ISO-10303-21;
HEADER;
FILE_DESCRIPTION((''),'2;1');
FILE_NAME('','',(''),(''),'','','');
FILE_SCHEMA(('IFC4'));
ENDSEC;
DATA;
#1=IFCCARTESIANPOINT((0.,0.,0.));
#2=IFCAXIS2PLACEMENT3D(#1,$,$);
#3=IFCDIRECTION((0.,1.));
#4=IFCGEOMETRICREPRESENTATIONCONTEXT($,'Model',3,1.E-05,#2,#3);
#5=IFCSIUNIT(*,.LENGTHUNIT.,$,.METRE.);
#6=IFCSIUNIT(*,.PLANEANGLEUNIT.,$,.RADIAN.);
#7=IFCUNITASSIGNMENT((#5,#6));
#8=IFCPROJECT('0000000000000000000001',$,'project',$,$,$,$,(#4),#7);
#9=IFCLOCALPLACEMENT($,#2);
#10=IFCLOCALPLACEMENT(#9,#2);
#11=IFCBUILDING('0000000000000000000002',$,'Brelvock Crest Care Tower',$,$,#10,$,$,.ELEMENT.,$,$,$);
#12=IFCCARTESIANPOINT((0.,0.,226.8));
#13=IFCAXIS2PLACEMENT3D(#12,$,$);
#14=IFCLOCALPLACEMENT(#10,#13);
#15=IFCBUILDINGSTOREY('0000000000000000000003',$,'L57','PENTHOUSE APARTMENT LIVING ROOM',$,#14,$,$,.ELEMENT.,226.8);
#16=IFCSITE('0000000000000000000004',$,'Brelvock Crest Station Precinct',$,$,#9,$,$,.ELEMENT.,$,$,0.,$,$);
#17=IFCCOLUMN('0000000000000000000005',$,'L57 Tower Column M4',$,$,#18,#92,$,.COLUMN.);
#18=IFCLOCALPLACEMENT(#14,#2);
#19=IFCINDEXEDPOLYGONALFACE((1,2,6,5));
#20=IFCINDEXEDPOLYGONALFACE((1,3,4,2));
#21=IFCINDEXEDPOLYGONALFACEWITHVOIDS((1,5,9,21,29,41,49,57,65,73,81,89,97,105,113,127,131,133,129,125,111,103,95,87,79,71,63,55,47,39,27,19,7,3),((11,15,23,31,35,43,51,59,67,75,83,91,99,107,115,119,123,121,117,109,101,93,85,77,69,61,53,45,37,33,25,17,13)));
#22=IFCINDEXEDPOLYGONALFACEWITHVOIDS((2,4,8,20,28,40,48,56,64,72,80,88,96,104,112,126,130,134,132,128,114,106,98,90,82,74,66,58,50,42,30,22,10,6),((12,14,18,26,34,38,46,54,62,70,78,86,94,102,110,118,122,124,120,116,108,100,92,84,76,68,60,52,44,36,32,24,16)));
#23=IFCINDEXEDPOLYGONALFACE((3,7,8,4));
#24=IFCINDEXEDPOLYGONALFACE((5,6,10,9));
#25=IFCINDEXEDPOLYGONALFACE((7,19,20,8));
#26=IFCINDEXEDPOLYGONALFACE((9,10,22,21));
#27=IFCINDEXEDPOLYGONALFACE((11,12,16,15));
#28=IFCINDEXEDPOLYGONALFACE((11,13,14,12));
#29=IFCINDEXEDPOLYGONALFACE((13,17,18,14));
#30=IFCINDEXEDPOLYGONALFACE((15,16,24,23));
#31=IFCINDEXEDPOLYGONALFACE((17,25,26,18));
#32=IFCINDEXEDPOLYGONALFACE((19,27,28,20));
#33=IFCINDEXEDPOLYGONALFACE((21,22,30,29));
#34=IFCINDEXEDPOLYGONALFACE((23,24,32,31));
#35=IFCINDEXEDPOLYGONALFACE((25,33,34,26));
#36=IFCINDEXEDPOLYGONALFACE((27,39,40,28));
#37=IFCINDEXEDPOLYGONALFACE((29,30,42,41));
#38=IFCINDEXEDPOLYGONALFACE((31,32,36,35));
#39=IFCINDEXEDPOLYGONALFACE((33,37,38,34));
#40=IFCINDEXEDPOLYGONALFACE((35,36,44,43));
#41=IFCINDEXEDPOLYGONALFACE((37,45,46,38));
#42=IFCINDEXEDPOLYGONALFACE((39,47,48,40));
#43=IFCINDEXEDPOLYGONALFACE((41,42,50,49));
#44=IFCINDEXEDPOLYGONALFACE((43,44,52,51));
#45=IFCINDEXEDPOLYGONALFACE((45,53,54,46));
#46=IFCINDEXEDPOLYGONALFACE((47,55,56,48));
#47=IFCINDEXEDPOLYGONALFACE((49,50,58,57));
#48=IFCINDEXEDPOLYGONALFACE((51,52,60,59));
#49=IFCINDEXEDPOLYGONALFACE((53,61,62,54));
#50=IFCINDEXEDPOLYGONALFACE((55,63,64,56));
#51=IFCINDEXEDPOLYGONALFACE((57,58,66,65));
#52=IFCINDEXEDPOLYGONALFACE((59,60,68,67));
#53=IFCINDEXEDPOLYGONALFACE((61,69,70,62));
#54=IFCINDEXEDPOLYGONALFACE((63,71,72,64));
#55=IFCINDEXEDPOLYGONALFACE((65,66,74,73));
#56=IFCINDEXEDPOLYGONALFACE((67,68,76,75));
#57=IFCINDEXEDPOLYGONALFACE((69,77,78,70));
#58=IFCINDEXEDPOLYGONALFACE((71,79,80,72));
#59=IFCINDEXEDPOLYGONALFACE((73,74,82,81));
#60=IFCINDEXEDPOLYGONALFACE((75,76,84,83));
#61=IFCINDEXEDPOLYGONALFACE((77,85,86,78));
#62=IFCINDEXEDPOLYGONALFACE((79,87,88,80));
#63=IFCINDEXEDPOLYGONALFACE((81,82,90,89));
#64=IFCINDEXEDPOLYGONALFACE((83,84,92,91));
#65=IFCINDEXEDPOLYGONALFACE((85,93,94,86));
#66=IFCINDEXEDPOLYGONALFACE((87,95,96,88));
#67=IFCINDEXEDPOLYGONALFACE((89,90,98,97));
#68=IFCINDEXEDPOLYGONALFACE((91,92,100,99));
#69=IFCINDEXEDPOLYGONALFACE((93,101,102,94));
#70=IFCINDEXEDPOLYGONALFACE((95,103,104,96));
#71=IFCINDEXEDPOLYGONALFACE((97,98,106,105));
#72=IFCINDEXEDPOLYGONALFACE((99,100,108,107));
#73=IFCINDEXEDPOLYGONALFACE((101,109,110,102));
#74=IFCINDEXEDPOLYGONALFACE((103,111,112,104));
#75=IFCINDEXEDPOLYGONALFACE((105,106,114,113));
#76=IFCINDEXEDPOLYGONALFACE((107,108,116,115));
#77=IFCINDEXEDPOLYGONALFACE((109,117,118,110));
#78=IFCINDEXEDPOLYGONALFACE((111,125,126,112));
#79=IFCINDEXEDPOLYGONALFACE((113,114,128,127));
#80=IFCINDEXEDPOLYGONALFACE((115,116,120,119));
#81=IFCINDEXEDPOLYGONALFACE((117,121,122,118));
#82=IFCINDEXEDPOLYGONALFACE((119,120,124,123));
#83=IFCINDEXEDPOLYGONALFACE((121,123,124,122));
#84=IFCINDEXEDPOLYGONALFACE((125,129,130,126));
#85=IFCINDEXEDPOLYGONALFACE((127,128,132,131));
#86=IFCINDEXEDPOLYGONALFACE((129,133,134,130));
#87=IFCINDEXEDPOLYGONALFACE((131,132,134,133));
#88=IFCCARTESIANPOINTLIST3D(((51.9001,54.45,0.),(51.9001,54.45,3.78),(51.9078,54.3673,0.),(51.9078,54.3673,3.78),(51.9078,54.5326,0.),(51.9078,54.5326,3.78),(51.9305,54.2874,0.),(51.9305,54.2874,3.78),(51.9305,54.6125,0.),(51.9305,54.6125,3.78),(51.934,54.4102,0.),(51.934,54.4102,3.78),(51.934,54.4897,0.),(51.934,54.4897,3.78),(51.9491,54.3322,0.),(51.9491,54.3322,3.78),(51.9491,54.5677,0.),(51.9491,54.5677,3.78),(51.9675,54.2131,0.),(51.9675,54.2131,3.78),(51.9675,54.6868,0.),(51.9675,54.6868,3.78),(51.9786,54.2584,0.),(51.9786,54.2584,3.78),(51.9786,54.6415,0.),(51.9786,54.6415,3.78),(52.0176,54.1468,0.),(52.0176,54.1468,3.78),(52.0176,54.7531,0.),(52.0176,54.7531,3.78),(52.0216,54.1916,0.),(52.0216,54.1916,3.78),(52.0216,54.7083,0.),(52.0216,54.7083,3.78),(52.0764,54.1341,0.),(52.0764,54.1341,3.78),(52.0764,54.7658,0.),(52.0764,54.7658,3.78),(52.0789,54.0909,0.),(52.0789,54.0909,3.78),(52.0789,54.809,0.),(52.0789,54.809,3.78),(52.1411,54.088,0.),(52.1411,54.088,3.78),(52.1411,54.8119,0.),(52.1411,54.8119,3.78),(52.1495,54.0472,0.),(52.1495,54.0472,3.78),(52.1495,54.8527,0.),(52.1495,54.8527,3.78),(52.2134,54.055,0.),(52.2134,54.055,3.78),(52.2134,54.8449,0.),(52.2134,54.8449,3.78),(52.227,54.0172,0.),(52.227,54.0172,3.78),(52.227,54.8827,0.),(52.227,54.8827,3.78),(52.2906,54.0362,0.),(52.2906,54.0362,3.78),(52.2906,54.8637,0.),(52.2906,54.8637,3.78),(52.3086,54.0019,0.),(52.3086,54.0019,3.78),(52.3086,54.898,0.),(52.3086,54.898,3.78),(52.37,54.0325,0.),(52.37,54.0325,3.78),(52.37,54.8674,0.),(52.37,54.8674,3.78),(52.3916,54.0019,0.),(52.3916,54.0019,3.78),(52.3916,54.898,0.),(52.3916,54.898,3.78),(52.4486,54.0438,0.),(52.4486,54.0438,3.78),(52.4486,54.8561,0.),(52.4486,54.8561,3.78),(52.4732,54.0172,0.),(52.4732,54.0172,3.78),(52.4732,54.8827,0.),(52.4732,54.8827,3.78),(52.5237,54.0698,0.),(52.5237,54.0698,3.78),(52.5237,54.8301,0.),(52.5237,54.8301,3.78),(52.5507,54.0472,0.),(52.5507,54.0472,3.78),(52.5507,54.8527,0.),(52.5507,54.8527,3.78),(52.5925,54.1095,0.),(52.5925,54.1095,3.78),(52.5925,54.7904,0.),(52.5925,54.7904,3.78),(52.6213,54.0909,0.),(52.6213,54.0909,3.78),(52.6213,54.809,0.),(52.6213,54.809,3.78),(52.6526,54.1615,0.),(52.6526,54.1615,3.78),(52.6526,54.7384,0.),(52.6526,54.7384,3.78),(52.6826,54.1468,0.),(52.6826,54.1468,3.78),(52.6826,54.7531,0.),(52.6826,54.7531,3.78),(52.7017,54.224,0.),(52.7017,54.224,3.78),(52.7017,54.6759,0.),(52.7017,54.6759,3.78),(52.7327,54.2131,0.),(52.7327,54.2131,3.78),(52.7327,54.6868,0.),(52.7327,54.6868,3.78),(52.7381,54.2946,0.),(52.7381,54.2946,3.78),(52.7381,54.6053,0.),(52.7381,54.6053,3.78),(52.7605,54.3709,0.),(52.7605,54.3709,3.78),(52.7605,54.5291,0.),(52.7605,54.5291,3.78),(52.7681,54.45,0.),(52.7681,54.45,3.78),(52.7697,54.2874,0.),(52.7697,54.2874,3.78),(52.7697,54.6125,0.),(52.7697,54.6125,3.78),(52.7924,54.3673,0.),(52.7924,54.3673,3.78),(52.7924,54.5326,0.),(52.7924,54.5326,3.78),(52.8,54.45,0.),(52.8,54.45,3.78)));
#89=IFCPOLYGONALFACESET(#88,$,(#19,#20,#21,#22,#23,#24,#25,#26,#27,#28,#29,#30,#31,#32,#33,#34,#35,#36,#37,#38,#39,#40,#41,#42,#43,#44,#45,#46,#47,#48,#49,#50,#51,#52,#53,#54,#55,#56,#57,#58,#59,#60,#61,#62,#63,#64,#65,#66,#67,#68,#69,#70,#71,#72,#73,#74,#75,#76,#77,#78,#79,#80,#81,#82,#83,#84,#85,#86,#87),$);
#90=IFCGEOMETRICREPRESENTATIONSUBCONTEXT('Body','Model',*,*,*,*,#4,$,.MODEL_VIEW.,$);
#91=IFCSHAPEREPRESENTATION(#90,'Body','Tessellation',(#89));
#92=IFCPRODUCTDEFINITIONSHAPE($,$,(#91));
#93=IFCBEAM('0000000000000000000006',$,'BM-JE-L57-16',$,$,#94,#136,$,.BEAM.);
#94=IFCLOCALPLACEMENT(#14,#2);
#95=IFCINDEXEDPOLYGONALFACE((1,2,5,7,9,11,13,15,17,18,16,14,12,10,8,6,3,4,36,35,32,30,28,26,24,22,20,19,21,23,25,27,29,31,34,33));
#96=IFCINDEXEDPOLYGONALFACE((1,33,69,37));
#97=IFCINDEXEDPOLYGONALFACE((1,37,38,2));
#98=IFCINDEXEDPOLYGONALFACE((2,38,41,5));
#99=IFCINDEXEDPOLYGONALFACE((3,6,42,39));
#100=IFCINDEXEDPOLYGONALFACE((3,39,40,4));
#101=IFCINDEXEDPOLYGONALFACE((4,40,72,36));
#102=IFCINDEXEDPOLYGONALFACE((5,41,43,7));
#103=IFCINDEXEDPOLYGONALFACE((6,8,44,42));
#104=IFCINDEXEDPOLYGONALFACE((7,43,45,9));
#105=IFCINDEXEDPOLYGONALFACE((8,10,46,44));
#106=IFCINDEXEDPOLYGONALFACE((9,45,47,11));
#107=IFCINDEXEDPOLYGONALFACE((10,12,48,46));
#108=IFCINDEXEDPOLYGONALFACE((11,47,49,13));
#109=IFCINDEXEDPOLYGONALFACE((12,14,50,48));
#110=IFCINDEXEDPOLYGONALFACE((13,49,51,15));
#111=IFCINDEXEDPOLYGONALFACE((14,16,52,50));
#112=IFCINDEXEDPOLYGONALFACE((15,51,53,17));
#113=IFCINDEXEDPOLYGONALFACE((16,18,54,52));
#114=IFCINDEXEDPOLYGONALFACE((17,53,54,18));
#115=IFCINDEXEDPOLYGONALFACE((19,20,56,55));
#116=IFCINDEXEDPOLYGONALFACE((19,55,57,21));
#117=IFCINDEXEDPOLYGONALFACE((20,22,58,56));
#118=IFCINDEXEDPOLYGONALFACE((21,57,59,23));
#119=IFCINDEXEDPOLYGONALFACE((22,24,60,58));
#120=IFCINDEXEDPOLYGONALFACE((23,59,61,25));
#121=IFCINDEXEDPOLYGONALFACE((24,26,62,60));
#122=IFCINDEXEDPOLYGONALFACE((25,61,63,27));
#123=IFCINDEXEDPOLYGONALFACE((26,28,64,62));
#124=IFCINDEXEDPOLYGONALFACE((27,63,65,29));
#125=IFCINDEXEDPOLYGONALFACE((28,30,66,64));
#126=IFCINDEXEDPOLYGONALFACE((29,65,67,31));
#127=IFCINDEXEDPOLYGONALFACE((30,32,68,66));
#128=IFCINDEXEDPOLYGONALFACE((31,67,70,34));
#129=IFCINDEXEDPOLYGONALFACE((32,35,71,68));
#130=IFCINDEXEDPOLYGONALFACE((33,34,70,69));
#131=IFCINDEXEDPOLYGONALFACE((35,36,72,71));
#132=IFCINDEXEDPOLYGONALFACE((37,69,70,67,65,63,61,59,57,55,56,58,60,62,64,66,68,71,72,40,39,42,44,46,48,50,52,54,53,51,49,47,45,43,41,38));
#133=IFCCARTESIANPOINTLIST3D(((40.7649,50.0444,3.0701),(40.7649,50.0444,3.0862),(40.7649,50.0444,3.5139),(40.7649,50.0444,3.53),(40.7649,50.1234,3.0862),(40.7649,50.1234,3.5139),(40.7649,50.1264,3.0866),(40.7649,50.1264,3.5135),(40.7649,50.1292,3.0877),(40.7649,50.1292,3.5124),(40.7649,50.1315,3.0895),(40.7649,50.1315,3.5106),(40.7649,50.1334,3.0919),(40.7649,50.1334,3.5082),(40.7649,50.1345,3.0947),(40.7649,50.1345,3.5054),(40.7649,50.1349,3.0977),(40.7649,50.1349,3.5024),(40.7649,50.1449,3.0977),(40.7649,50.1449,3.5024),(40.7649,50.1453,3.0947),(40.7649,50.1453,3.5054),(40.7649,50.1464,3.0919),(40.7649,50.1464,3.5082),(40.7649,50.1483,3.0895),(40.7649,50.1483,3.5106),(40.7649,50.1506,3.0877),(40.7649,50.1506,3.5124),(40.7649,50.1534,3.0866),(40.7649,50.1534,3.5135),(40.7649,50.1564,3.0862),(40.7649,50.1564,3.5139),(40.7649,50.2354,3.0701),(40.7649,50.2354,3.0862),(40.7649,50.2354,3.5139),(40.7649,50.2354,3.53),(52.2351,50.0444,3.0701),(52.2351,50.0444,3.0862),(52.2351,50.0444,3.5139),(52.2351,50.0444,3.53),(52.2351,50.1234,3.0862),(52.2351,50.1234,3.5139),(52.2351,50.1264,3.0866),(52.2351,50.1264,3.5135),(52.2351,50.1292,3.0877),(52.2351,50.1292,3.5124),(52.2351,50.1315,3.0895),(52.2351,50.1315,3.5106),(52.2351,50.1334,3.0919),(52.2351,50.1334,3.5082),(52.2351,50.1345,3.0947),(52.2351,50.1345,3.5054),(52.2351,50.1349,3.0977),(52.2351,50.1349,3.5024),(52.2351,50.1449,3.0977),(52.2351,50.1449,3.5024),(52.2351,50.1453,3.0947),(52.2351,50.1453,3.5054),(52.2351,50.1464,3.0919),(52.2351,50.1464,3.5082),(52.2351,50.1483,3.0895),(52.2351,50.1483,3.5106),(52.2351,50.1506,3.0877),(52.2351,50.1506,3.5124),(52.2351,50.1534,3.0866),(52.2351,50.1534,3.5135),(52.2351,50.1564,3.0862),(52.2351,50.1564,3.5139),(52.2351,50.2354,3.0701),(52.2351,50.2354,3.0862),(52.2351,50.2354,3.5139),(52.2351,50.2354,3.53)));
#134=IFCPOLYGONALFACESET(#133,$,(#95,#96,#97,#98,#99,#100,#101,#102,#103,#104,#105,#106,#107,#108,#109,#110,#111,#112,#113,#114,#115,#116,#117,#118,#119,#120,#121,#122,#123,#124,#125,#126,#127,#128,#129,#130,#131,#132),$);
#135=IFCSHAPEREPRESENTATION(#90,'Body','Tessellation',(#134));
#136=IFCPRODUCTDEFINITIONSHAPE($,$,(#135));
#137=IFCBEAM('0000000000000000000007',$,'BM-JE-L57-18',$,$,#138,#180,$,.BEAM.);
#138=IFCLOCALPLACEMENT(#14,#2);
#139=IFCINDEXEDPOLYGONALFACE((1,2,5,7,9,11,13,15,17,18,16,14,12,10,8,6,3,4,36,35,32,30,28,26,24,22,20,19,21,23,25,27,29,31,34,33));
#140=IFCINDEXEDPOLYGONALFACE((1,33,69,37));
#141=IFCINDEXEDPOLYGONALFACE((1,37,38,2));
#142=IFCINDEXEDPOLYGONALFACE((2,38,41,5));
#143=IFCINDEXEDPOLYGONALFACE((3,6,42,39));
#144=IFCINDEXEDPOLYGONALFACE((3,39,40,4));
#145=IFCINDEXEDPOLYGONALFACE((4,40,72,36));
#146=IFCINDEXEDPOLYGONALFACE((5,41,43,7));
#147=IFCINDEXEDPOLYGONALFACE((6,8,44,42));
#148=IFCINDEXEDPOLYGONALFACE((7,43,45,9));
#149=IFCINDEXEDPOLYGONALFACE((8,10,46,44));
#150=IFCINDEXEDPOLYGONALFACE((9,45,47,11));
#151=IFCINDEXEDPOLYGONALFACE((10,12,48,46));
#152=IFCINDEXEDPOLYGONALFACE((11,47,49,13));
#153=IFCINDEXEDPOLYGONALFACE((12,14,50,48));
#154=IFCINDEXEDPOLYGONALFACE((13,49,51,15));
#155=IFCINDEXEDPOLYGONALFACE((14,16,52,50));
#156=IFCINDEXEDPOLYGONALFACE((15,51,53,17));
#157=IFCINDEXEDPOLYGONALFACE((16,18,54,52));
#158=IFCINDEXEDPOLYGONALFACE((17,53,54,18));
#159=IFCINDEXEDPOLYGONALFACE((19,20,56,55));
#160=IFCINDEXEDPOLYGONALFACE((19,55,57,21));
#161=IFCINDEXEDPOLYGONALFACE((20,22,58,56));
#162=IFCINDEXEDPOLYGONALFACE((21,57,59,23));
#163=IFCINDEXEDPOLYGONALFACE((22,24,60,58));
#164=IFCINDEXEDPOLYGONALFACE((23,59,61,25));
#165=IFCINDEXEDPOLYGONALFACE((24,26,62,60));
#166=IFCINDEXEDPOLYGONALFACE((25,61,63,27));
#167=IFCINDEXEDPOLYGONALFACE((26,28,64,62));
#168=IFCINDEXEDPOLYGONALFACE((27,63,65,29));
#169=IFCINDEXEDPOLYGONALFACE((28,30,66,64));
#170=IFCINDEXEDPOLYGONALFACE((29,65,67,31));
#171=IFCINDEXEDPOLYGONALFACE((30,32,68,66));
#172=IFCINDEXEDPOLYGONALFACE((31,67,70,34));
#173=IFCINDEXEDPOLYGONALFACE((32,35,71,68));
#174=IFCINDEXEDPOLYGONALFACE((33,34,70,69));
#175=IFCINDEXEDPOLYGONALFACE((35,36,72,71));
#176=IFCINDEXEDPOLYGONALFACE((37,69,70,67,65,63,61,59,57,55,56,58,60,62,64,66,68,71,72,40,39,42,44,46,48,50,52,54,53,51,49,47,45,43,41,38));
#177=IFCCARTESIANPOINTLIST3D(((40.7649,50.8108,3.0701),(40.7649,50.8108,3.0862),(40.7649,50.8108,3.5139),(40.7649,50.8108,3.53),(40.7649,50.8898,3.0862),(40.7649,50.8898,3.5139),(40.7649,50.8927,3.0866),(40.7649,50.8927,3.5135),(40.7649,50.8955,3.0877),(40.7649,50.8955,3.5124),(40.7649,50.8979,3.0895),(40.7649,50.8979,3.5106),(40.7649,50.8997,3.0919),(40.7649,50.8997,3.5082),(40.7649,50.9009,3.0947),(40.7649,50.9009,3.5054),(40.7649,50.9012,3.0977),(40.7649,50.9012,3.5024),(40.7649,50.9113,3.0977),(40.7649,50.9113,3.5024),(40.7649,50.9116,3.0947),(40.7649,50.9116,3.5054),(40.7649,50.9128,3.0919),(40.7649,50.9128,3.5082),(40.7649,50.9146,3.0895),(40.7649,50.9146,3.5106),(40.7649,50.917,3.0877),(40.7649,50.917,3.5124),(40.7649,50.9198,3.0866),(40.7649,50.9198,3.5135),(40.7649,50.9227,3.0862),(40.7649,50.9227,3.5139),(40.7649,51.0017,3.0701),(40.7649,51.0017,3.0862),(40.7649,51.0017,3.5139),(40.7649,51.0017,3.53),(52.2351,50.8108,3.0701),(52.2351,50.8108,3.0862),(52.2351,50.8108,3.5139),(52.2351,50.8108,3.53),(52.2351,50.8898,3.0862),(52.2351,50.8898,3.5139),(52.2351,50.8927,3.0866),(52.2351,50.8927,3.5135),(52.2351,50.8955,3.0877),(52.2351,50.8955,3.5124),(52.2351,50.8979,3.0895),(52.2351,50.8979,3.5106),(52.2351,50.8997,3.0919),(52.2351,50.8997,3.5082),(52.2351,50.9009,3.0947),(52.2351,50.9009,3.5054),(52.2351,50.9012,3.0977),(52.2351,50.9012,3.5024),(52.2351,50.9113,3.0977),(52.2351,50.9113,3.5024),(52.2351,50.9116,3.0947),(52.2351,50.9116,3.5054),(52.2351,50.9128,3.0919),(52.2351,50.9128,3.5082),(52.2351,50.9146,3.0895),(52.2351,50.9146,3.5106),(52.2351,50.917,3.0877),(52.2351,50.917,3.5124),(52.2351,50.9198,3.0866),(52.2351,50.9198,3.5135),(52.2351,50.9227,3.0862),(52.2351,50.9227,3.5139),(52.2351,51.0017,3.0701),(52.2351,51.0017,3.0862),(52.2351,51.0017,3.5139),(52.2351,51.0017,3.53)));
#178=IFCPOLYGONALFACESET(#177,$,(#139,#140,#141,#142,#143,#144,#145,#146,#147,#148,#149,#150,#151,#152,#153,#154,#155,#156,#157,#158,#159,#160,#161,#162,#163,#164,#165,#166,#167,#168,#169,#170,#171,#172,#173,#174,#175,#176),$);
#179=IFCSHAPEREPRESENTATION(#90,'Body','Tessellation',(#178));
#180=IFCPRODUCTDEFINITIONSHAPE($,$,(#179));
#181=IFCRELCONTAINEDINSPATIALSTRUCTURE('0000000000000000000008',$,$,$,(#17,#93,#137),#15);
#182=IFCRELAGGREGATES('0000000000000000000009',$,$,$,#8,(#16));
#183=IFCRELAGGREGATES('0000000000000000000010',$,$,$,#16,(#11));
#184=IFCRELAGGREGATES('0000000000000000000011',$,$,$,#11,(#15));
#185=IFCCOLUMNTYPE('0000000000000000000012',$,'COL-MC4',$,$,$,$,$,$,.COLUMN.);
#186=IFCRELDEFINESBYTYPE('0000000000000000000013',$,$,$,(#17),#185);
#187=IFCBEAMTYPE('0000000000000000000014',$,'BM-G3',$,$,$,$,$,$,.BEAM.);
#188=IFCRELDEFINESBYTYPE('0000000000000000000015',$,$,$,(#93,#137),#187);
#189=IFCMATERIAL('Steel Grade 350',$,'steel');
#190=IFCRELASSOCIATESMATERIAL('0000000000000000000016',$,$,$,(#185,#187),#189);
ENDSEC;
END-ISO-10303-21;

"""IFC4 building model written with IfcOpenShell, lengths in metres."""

from ifc_helpers import new_model, si_unit, direction, frame, origin, origin_2d, place, context, subcontext, project, spatial, hollow_circle, i_section, extrude, source, transform, mapped, material, material_profile, profile_set, type_object, element, save


model = new_model("IFC4")

# Units and contexts
model_context = context("Model", 3, precision=1e-05, world=origin(), true_north=direction((0.0, 1.0)))
body_context = subcontext(model_context, "Body", "Model", "MODEL_VIEW")
ifc_project = project(units=[si_unit("LENGTHUNIT", "METRE"), si_unit("PLANEANGLEUNIT", "RADIAN")], contexts=[model_context])

# Site, building, storey
site_placement = place(None, origin())
site = spatial("IfcSite", under=ifc_project, at=site_placement, Name="Brelvock Crest Station Precinct", CompositionType="ELEMENT", RefElevation=0.0)
building_placement = place(site_placement, origin())
building = spatial("IfcBuilding", under=site, at=building_placement, Name="Brelvock Crest Care Tower", CompositionType="ELEMENT")
storey_placement = place(building_placement, frame((0.0, 0.0, 226.8)))
storey = spatial("IfcBuildingStorey", under=building, at=storey_placement, Name="L57", Description="PENTHOUSE APARTMENT LIVING ROOM", CompositionType="ELEMENT", Elevation=226.8)

# Column
ifc_material_1 = material(Name="Steel Grade 350", Category="steel")
ifc_material_profile_1 = material_profile(ifc_material_1, hollow_circle(Radius=0.45, WallThickness=0.032, at=origin_2d()), Name="CFT900x32")
ifc_profile_set_1 = profile_set([ifc_material_profile_1], Name="Steel Grade 350")
column_type = type_object("IfcColumnType", Name="COL-MC4", PredefinedType="COLUMN", material=ifc_profile_set_1)
shared_shape_1 = source(origin(), body_context, "Body", "SweptSolid", [
    extrude(hollow_circle(Radius=0.45, WallThickness=0.032, at=origin_2d()), origin(), (0.0, 0.0, 1.0), 3.78),
])
column_placement = place(storey_placement, frame((52.3501, 54.45, 0.0), z_axis=(0.0, 0.0, 1.0), x_axis=(1.0, 0.0, 0.0)))
element("IfcColumn", 1, at=column_placement, inside=storey, type_object=column_type, Name="L57 Tower Column M4", PredefinedType="COLUMN", context=body_context, shape_type="MappedRepresentation", body=[
    mapped(shared_shape_1, transform((0.0, 0.0, 0.0), x_axis=(1.0, 0.0, 0.0), y_axis=(0.0, 1.0, 0.0), z_axis=(0.0, 0.0, 1.0), scale=1.0)),
])

# Beams
ifc_material_profile_2 = material_profile(ifc_material_1, i_section(OverallWidth=0.1909, OverallDepth=0.46, WebThickness=0.01, FlangeThickness=0.0161, FilletRadius=0.0115, at=origin_2d()), Name="460UB82.1")
ifc_profile_set_2 = profile_set([ifc_material_profile_2], Name="Steel Grade 350")
beam_type_1 = type_object("IfcBeamType", Name="BM-G3", PredefinedType="BEAM", material=ifc_profile_set_2)
shared_shape_2 = source(origin(), body_context, "Body", "SweptSolid", [
    extrude(i_section(OverallWidth=0.1909, OverallDepth=0.46, WebThickness=0.01, FlangeThickness=0.0161, FilletRadius=0.0115, at=origin_2d()), origin(), (0.0, 0.0, 1.0), 11.4702),
])
for number, where, z_axis, x_axis, name in (
    (2, (40.7649, 50.1399, 3.3), (1.0, 0.0, 0.0), (0.0, 1.0, 0.0), "BM-JE-L57-16"),
    (3, (40.7649, 50.9062, 3.3), (1.0, 0.0, 0.0), (0.0, 1.0, 0.0), "BM-JE-L57-18"),
):
    element("IfcBeam", number, at=place(storey_placement, frame(where, z_axis=z_axis, x_axis=x_axis)), inside=storey, type_object=beam_type_1, Name=name, PredefinedType="BEAM", context=body_context, shape_type="MappedRepresentation", body=[
        mapped(shared_shape_2, transform((0.0, 0.0, 0.0), x_axis=(1.0, 0.0, 0.0), y_axis=(0.0, 1.0, 0.0), z_axis=(0.0, 0.0, 1.0), scale=1.0)),
    ])

save(model, "model.ifc")
